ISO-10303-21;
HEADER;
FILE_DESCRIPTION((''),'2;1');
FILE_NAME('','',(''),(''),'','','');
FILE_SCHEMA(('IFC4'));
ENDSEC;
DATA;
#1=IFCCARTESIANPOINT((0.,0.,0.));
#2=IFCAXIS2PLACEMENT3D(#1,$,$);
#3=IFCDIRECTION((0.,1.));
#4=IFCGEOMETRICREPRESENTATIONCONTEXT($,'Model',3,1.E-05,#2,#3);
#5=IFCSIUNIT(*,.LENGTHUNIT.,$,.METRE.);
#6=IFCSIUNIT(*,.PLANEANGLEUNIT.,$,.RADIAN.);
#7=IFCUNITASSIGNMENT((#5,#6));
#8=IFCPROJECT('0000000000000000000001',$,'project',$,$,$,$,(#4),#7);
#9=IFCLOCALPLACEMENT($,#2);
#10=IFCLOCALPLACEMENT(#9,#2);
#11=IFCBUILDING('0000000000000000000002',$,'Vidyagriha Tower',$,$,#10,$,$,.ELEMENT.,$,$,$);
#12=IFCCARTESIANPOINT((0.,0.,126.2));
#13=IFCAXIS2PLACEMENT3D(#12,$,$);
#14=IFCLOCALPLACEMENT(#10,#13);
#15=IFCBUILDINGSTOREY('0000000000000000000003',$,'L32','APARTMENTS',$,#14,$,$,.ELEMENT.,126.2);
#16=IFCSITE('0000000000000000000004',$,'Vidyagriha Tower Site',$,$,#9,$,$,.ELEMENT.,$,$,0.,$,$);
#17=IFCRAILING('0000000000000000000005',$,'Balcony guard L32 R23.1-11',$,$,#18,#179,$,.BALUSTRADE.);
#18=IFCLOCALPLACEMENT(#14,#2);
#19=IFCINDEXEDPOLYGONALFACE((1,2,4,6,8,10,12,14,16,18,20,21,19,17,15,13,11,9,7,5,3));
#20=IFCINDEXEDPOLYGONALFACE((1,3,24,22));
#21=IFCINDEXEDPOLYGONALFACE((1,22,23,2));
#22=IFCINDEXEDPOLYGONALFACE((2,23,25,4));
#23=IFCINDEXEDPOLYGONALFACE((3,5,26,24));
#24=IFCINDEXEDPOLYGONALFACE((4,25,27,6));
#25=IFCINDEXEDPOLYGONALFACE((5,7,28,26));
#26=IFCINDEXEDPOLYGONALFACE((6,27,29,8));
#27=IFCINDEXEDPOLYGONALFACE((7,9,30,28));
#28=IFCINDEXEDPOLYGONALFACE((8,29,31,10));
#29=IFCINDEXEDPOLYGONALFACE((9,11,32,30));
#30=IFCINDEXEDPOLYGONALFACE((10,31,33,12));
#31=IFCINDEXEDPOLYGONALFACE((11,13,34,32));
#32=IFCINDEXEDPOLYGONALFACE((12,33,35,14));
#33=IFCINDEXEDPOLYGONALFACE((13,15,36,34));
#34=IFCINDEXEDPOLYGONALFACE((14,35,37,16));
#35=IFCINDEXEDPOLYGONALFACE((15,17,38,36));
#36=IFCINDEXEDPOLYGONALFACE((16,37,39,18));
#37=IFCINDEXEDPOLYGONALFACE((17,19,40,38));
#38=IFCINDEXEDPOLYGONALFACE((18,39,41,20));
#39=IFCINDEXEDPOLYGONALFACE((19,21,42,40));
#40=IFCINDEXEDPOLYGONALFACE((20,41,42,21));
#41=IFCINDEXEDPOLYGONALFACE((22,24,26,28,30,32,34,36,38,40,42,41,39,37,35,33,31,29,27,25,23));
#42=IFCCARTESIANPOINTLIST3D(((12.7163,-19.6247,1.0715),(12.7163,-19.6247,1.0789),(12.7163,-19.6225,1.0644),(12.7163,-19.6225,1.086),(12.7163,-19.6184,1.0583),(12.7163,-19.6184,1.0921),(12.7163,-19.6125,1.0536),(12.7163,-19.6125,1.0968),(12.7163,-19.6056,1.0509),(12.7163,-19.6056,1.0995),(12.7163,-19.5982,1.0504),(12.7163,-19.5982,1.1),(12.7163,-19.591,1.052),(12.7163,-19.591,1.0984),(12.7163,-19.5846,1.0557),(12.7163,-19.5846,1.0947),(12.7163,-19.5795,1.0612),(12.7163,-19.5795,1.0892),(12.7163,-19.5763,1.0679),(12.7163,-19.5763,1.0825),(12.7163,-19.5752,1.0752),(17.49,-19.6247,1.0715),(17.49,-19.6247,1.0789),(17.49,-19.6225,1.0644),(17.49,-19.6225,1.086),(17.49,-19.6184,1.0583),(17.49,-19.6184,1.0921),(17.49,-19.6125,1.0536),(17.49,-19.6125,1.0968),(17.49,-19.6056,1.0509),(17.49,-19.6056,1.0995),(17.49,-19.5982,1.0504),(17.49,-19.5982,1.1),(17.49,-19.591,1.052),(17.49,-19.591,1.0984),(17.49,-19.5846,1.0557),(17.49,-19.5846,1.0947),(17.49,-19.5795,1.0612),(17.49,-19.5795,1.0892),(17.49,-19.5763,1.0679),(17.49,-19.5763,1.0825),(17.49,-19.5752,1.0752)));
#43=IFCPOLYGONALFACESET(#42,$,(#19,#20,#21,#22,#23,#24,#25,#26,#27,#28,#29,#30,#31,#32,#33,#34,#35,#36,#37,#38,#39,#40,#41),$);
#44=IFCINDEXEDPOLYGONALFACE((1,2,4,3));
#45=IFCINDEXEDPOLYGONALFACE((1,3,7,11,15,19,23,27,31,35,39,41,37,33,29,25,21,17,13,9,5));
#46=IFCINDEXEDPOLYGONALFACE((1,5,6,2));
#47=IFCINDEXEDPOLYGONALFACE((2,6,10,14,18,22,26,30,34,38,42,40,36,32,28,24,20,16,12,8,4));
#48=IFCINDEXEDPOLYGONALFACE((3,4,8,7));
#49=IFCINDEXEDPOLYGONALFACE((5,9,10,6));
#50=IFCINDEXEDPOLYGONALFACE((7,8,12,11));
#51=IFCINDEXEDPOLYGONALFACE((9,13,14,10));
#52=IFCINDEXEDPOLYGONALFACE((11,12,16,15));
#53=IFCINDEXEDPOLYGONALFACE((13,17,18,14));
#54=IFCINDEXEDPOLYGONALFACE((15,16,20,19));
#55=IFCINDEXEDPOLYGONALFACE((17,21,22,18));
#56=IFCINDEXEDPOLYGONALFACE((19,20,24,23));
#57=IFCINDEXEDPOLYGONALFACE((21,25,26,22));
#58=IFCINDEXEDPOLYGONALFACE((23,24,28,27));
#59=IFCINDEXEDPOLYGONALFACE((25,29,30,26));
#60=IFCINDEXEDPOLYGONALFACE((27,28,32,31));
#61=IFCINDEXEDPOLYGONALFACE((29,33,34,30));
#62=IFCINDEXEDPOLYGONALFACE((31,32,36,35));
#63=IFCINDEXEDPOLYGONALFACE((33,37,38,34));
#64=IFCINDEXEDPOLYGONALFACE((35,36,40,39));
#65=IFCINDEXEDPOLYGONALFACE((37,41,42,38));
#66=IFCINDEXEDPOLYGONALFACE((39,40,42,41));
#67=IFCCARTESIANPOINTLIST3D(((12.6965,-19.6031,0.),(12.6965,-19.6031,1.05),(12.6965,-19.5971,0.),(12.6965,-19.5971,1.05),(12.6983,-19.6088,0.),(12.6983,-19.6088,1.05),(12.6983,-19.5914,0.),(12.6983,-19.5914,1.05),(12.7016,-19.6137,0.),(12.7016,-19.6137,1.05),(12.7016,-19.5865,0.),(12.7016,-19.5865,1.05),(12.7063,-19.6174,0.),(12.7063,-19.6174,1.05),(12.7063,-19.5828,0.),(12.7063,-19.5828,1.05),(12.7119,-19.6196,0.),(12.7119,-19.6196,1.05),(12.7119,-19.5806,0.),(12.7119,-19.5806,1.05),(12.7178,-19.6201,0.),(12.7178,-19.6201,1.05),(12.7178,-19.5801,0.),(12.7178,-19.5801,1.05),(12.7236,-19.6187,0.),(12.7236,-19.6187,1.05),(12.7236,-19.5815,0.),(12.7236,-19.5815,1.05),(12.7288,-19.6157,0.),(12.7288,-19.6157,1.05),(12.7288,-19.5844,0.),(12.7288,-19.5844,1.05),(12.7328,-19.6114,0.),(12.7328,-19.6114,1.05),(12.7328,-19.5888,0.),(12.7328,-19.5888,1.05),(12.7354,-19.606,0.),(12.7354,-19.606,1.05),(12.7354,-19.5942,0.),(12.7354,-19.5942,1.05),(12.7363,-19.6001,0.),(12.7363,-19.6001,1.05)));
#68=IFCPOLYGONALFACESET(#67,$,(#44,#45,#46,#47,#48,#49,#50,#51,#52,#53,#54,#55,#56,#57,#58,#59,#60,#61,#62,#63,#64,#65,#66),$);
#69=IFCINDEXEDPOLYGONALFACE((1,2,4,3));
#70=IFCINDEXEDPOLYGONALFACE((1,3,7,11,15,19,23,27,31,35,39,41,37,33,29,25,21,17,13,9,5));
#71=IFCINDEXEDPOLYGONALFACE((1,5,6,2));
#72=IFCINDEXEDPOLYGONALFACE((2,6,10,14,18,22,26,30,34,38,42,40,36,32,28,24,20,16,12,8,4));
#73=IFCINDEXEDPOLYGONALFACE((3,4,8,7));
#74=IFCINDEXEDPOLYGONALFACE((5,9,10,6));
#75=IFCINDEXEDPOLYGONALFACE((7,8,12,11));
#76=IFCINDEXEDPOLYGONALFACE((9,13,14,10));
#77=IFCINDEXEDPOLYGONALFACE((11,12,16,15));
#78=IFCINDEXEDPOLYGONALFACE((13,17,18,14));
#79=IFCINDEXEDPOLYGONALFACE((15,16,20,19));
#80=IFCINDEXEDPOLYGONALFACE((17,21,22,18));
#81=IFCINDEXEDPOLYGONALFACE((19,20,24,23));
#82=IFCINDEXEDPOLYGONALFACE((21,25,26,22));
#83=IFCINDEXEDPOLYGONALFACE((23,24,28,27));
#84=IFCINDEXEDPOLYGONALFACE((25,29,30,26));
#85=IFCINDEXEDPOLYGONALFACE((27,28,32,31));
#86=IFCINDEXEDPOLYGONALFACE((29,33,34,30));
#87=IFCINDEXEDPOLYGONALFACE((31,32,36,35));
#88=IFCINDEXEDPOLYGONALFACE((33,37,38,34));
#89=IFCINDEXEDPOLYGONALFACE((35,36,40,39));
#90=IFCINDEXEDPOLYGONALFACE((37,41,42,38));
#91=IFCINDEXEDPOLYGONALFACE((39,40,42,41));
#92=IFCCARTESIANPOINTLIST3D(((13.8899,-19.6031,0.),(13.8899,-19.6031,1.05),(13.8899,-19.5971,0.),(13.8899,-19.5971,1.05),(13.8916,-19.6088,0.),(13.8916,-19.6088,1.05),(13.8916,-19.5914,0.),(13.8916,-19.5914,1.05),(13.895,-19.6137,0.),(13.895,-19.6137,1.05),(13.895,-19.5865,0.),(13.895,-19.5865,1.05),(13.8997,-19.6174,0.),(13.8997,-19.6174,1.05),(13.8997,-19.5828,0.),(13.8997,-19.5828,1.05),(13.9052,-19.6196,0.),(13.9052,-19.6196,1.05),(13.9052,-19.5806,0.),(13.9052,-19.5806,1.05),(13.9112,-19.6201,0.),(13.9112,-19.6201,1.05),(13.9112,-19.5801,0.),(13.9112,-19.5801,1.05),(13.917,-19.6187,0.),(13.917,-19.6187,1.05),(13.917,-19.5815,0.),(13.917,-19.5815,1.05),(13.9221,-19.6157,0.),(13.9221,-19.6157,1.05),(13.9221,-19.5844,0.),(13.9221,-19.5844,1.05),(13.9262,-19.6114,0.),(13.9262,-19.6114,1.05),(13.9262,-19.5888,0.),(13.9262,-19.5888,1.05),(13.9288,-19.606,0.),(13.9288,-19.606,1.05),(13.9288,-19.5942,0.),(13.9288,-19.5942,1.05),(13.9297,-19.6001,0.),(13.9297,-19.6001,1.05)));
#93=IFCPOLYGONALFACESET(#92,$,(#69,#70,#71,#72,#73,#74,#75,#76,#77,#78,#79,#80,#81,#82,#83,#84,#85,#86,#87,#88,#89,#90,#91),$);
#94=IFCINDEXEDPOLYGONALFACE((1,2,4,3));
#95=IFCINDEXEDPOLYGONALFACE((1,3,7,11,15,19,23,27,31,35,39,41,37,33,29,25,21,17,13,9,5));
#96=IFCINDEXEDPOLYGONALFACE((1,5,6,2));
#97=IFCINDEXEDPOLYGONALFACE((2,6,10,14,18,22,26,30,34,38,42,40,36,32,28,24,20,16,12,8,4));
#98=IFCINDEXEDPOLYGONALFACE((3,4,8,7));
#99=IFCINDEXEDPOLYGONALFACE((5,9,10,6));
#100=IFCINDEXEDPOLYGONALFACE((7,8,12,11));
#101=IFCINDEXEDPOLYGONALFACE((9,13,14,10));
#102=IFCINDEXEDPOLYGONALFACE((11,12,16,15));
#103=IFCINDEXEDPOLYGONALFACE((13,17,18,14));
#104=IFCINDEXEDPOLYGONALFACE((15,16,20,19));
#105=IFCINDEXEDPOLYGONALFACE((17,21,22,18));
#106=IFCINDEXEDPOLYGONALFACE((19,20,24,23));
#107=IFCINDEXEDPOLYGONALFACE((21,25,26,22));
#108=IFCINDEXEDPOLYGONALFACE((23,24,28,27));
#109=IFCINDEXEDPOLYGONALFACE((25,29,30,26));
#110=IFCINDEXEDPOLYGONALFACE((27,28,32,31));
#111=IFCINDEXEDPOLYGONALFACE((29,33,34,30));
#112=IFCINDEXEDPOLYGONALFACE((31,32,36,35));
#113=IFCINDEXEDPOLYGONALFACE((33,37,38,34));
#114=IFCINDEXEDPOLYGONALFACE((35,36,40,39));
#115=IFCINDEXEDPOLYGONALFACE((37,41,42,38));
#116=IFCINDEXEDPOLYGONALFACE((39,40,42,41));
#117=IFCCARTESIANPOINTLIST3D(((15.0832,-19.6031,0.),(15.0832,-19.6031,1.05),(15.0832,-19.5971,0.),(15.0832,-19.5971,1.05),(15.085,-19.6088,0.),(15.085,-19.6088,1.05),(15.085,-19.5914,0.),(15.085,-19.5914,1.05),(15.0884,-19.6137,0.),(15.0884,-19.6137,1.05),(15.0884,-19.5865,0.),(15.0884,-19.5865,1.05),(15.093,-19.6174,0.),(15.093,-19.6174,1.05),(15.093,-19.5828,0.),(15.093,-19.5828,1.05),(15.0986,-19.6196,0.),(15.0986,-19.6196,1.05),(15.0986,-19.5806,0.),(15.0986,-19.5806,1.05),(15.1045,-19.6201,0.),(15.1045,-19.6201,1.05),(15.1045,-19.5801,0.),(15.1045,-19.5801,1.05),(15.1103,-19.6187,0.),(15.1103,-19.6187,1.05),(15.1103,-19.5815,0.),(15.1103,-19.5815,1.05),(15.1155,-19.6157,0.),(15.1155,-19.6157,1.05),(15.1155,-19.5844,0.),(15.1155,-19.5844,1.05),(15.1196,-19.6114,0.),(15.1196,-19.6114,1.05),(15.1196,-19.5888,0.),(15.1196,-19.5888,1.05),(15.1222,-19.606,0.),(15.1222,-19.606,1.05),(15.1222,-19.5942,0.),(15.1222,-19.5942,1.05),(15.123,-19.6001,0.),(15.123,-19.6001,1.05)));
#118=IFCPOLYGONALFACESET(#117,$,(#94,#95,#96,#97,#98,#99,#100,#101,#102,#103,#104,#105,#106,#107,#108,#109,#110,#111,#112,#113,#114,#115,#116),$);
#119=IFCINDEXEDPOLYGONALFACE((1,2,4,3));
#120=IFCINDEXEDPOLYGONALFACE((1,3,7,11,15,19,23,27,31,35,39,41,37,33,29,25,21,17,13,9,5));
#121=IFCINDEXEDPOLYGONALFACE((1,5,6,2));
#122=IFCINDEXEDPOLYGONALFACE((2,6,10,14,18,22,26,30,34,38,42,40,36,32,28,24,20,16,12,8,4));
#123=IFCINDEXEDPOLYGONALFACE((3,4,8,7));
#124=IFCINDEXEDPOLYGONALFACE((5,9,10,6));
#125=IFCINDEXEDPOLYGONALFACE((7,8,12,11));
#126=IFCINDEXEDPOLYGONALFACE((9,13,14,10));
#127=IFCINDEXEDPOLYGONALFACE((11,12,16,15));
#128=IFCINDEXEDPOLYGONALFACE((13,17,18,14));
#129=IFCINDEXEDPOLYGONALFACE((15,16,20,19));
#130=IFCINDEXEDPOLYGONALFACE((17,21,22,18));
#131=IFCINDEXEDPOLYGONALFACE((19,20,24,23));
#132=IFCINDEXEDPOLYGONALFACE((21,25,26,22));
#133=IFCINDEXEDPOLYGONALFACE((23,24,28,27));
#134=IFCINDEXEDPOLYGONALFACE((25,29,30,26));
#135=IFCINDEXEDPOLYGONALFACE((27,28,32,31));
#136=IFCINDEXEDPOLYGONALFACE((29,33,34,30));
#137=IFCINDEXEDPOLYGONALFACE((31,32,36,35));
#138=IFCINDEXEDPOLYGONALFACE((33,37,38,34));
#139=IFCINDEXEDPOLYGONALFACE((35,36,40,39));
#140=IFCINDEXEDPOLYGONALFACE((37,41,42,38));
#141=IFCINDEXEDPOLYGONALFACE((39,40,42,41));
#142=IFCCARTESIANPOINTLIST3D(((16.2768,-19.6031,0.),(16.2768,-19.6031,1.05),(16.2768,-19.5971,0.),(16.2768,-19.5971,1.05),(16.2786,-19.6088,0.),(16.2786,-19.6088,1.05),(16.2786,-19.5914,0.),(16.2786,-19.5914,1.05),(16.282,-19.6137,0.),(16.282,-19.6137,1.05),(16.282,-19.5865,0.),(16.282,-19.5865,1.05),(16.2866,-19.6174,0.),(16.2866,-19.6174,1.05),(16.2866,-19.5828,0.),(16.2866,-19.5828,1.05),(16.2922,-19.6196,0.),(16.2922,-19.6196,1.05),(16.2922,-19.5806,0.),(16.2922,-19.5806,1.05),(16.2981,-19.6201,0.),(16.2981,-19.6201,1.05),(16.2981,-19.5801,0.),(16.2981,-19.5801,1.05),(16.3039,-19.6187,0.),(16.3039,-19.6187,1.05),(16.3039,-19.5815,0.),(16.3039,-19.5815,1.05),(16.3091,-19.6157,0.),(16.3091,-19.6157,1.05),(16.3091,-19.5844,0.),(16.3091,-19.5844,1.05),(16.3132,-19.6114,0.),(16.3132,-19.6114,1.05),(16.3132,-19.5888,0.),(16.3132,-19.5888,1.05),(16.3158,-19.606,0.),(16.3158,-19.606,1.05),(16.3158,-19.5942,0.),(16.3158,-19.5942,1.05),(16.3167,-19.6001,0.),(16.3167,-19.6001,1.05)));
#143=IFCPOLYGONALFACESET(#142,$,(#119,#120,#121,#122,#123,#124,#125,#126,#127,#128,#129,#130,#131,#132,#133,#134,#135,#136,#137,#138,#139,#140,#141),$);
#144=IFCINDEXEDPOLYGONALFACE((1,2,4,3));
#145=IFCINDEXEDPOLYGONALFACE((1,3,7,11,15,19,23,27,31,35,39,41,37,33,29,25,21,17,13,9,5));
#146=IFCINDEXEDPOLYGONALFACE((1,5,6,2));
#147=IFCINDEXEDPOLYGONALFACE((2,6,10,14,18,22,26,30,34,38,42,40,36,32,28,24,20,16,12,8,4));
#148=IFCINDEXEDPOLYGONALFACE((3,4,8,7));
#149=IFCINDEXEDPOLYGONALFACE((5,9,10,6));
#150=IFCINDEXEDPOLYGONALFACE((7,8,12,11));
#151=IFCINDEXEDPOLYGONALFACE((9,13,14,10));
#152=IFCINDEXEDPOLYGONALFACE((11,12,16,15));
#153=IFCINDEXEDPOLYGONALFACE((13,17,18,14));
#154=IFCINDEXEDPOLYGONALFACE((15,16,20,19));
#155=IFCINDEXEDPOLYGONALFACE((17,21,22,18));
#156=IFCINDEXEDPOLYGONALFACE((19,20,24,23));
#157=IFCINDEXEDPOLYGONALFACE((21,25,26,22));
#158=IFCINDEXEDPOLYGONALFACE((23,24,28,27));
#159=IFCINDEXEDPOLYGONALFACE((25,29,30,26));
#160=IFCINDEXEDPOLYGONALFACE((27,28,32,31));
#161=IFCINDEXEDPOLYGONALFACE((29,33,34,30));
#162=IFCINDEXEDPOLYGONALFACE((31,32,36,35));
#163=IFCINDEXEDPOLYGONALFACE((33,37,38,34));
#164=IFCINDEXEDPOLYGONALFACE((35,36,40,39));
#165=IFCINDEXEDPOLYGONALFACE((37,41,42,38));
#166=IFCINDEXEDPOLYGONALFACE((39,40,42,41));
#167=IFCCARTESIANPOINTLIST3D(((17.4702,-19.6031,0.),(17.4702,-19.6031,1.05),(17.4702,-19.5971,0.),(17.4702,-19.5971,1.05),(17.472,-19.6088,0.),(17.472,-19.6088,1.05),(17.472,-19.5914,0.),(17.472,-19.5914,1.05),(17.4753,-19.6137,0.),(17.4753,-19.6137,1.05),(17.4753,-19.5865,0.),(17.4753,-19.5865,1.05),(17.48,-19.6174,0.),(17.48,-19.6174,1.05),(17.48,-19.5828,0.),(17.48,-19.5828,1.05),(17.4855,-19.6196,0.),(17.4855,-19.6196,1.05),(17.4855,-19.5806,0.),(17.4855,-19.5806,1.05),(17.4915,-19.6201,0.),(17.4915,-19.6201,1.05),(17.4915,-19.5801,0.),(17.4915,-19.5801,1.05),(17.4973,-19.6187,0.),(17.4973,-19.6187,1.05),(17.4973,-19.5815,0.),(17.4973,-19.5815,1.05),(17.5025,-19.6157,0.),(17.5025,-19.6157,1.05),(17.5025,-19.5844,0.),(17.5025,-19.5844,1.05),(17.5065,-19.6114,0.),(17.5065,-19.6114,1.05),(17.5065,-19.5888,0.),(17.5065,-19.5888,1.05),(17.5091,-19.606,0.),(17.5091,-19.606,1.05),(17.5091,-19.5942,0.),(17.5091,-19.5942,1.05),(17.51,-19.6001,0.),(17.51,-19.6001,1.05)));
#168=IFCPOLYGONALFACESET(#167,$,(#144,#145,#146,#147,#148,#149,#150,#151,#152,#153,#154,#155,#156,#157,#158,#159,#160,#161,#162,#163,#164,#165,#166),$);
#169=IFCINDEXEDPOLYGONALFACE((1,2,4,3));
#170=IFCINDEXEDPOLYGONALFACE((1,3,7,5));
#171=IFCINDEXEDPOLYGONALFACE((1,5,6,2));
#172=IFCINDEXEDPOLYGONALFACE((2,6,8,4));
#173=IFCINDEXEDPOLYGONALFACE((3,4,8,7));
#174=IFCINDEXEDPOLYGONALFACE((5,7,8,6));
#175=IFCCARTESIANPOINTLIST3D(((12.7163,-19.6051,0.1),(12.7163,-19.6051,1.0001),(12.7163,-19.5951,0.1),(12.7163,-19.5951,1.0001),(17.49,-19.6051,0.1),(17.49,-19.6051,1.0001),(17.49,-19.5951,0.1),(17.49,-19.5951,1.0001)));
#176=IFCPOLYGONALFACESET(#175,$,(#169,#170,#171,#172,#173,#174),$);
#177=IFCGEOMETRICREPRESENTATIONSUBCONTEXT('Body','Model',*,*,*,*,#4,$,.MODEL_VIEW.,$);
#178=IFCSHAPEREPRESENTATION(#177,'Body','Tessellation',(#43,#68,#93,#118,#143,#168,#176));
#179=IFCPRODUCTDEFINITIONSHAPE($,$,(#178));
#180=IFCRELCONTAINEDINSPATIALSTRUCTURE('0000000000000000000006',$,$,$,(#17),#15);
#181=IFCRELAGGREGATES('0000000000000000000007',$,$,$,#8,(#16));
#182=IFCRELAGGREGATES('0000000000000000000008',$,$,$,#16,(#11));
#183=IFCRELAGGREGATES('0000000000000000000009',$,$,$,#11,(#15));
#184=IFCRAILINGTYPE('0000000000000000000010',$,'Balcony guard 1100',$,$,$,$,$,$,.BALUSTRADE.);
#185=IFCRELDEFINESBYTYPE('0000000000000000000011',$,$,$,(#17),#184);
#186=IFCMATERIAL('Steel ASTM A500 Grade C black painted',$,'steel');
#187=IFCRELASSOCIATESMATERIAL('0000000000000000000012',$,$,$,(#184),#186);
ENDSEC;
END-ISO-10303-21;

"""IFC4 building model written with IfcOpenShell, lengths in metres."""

from ifc_helpers import new_model, si_unit, direction, frame, origin, origin_2d, place, context, subcontext, project, spatial, rectangle, circle, extrude, material, type_object, element, save


model = new_model("IFC4")

# Units and contexts
model_context = context("Model", 3, precision=1e-05, world=origin(), true_north=direction((0.0, 1.0)))
body_context = subcontext(model_context, "Body", "Model", "MODEL_VIEW")
ifc_project = project(units=[si_unit("LENGTHUNIT", "METRE"), si_unit("PLANEANGLEUNIT", "RADIAN")], contexts=[model_context])

# Site, building, storey
site_placement = place(None, origin())
site = spatial("IfcSite", under=ifc_project, at=site_placement, Name="Vidyagriha Tower Site", CompositionType="ELEMENT", RefElevation=0.0)
building_placement = place(site_placement, origin())
building = spatial("IfcBuilding", under=site, at=building_placement, Name="Vidyagriha Tower", CompositionType="ELEMENT")
storey_placement = place(building_placement, frame((0.0, 0.0, 126.2)))
storey = spatial("IfcBuildingStorey", under=building, at=storey_placement, Name="L32", Description="APARTMENTS", CompositionType="ELEMENT", Elevation=126.2)

# Railing
ifc_material_1 = material(Name="Steel ASTM A500 Grade C black painted", Category="steel")
railing_type = type_object("IfcRailingType", Name="Balcony guard 1100", PredefinedType="BALUSTRADE", material=ifc_material_1)
railing_1_placement = place(storey_placement, frame((12.7163, -19.6001, 0.0)))
element("IfcRailing", 1, at=railing_1_placement, inside=storey, type_object=railing_type, Name="Balcony guard L32 R23.1-11", PredefinedType="BALUSTRADE", context=body_context, shape_type="SweptSolid", body=[
    extrude(circle(Radius=0.0249, at=origin_2d()), frame((0.0, 0.0, 1.0752), z_axis=(1.0, 0.0, 0.0), x_axis=(0.0, 1.0, 0.0)), (0.0, 0.0, 1.0), 4.7737),
    extrude(circle(Radius=0.02, at=origin_2d()), origin(), (0.0, 0.0, 1.0), 1.05),
    extrude(circle(Radius=0.02, at=origin_2d()), frame((1.1934, 0.0, 0.0)), (0.0, 0.0, 1.0), 1.05),
    extrude(circle(Radius=0.02, at=origin_2d()), frame((2.3867, 0.0, 0.0)), (0.0, 0.0, 1.0), 1.05),
    extrude(circle(Radius=0.02, at=origin_2d()), frame((3.5803, 0.0, 0.0)), (0.0, 0.0, 1.0), 1.05),
    extrude(circle(Radius=0.02, at=origin_2d()), frame((4.7737, 0.0, 0.0)), (0.0, 0.0, 1.0), 1.05),
    extrude(rectangle(XDim=0.01, YDim=0.9001, at=origin_2d()), frame((0.0, 0.0, 0.55), z_axis=(1.0, 0.0, 0.0), x_axis=(0.0, 1.0, 0.0)), (0.0, 0.0, 1.0), 4.7737),
])

save(model, "model.ifc")
